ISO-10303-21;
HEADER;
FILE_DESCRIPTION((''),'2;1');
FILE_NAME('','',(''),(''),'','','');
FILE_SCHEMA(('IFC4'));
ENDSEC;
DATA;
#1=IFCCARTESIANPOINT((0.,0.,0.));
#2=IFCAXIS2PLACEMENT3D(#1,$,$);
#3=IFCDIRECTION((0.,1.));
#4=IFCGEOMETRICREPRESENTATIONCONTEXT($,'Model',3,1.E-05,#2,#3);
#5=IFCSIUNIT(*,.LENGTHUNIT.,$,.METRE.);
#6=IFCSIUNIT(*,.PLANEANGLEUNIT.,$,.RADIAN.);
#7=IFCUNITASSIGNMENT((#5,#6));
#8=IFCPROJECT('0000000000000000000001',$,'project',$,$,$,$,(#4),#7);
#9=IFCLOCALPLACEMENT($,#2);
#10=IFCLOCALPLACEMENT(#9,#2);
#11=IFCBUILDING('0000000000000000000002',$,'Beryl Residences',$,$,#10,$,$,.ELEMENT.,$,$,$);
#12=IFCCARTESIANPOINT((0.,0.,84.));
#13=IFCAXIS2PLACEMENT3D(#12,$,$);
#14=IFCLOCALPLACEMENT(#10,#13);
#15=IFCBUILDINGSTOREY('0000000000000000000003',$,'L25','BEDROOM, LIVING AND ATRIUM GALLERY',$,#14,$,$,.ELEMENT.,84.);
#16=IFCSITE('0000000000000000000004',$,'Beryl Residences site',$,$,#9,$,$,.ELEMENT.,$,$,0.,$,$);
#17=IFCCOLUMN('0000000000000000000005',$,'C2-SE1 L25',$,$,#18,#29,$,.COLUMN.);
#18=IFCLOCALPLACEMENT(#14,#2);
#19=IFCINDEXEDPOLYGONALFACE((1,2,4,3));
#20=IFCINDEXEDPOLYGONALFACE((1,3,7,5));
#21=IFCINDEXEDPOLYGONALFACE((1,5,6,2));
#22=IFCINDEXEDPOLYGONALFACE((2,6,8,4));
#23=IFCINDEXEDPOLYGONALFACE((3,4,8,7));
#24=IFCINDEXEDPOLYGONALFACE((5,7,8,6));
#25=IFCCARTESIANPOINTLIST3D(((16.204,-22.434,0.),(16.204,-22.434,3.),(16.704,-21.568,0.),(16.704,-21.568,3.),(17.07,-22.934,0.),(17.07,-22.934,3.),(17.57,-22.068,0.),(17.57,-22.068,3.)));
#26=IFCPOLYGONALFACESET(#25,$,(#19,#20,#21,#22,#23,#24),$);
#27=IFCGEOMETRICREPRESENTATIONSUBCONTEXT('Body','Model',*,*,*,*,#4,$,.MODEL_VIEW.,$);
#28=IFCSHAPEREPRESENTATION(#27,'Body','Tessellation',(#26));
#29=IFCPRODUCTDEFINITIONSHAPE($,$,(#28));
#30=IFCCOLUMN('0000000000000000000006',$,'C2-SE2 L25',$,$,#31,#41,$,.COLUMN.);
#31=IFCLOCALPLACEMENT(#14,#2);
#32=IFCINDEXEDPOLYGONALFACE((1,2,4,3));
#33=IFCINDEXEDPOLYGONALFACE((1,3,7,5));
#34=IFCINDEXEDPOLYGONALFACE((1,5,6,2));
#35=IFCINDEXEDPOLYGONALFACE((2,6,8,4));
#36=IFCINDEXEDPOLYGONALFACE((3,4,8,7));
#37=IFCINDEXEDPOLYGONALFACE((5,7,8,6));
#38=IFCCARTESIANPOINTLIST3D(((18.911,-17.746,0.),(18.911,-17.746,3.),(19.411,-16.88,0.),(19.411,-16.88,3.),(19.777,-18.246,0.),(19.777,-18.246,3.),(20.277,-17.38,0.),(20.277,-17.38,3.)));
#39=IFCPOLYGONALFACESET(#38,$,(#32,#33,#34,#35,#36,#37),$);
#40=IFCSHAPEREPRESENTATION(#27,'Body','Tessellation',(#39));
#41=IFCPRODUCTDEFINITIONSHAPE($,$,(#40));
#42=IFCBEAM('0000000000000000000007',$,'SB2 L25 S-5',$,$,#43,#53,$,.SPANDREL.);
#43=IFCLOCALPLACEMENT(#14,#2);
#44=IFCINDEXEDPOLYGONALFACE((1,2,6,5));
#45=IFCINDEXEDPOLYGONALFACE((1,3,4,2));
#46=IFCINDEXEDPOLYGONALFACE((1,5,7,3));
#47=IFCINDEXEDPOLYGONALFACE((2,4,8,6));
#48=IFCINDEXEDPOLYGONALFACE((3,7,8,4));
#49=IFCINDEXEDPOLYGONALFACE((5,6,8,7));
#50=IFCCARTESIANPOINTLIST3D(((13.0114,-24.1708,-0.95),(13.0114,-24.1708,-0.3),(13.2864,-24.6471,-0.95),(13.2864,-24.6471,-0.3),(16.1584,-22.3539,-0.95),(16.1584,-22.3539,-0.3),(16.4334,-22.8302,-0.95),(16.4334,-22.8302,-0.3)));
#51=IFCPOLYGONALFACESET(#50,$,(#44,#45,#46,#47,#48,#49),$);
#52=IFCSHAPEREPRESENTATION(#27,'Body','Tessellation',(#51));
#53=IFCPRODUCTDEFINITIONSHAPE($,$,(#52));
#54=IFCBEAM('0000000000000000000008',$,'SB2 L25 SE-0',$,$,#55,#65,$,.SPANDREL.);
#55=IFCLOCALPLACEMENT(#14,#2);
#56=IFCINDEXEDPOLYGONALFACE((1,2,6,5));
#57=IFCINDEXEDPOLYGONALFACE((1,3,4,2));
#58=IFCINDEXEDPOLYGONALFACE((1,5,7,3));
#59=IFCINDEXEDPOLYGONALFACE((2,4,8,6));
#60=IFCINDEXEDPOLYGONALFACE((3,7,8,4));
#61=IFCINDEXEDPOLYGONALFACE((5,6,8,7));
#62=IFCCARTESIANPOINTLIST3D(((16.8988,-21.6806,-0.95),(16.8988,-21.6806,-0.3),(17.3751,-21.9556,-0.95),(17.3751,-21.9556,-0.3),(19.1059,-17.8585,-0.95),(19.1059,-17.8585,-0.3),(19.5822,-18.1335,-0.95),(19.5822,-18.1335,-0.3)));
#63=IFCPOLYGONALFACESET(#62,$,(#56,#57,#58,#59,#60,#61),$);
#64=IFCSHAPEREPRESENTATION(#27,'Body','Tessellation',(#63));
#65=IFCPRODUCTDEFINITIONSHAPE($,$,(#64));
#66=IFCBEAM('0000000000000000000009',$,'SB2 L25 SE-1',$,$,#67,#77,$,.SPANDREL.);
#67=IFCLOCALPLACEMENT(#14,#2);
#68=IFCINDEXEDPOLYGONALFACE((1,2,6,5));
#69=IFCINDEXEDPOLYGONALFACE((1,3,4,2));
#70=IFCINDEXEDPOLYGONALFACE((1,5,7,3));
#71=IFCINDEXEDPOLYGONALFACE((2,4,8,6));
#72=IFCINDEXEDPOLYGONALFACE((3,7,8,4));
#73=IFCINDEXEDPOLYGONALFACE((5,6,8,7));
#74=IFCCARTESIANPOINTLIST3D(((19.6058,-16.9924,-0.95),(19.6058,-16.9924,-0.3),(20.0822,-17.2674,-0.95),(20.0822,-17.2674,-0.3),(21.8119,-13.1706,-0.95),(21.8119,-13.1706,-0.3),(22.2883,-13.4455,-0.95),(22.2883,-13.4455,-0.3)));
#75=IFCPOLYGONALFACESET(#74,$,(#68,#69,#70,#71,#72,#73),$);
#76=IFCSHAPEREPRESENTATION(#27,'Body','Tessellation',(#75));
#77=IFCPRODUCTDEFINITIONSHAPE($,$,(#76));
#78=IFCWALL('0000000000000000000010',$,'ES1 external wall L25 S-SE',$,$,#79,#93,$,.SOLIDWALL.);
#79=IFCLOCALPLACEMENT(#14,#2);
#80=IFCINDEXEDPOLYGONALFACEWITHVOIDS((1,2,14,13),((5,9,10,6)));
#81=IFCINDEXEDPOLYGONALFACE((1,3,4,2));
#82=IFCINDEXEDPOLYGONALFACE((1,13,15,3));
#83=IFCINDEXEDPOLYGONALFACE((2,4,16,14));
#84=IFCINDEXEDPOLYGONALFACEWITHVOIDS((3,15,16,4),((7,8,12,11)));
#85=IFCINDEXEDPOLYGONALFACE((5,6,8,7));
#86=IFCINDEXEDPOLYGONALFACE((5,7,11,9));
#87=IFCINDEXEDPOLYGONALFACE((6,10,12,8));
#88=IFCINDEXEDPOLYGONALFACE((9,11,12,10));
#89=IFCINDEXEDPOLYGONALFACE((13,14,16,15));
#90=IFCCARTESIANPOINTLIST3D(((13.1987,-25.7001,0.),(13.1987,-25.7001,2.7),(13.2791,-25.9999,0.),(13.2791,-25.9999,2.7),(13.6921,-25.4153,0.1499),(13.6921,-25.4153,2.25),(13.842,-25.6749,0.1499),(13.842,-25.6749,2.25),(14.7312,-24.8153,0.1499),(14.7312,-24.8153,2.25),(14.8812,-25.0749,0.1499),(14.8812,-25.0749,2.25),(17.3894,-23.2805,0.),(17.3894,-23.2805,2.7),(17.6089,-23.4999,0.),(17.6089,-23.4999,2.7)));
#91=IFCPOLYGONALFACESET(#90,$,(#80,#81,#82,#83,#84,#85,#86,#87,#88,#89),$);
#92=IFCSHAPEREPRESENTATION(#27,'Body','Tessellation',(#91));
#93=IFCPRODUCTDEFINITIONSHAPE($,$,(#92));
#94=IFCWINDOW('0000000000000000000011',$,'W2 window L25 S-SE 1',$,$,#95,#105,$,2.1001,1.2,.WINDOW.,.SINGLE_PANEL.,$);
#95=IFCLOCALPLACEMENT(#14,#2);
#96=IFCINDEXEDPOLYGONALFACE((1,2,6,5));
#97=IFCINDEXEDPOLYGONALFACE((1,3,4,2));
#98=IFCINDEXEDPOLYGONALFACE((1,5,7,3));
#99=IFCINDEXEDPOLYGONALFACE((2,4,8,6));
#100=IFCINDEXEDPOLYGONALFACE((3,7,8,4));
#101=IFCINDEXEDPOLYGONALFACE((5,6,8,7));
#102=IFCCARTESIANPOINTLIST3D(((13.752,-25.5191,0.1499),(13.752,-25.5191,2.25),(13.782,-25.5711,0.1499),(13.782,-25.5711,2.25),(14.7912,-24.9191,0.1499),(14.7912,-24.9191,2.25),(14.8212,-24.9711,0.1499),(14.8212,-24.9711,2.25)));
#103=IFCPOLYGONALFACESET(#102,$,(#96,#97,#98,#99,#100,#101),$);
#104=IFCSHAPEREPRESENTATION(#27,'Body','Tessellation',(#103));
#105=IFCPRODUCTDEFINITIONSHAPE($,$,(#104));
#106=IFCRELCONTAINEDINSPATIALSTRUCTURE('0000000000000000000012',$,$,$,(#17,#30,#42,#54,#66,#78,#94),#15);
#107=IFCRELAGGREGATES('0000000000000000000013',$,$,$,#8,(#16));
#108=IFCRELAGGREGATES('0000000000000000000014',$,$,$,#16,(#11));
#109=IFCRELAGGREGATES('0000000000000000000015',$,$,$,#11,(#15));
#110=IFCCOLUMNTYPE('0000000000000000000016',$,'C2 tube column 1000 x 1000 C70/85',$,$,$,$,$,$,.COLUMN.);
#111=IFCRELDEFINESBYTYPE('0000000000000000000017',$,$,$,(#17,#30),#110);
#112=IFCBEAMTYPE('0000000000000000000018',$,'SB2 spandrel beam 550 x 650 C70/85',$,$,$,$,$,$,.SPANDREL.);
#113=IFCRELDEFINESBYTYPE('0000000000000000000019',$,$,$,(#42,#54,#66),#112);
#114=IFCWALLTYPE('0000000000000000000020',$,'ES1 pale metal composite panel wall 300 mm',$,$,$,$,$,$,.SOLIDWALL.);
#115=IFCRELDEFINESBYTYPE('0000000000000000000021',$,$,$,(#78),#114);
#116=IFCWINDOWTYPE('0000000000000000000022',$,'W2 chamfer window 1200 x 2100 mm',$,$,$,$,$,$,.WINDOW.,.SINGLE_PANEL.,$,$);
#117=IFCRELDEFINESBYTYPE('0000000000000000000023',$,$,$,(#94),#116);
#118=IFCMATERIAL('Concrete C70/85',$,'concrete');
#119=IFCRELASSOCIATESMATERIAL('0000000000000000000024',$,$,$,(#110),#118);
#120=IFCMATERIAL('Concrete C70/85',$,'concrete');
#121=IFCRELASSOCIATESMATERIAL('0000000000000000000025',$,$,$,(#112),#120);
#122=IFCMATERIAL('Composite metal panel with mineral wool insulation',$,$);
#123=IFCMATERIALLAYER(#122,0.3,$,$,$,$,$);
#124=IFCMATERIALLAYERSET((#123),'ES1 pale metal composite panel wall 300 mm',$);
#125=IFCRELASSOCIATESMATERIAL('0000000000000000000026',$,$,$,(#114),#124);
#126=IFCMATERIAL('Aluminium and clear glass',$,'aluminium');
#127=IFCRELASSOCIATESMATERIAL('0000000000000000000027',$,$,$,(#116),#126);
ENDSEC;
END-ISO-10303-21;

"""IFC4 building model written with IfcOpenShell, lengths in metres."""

from ifc_helpers import new_model, si_unit, direction, frame, frame_2d, origin, origin_2d, place, context, subcontext, project, spatial, polyline, rectangle, outline, extrude, material, layer, layer_set, material_profile, profile_set, type_object, element, fill, save


model = new_model("IFC4")

# Units and contexts
model_context = context("Model", 3, precision=1e-05, world=origin(), true_north=direction((0.0, 1.0)))
body_context = subcontext(model_context, "Body", "Model", "MODEL_VIEW")
ifc_project = project(units=[si_unit("LENGTHUNIT", "METRE"), si_unit("PLANEANGLEUNIT", "RADIAN")], contexts=[model_context])

# Site, building, storey
site_placement = place(None, origin())
site = spatial("IfcSite", under=ifc_project, at=site_placement, Name="Beryl Residences site", CompositionType="ELEMENT", RefElevation=0.0)
building_placement = place(site_placement, origin())
building = spatial("IfcBuilding", under=site, at=building_placement, Name="Beryl Residences", CompositionType="ELEMENT")
storey_placement = place(building_placement, frame((0.0, 0.0, 84.0)))
storey = spatial("IfcBuildingStorey", under=building, at=storey_placement, Name="L25", Description="BEDROOM, LIVING AND ATRIUM GALLERY", CompositionType="ELEMENT", Elevation=84.0)

# Columns
ifc_material_1 = material(Name="Concrete C70/85", Category="concrete")
ifc_material_profile_1 = material_profile(ifc_material_1, rectangle(XDim=1.0, YDim=1.0, at=origin_2d()))
ifc_profile_set_1 = profile_set([ifc_material_profile_1], Name="Concrete C70/85")
column_type = type_object("IfcColumnType", Name="C2 tube column 1000 x 1000 C70/85", PredefinedType="COLUMN", material=ifc_profile_set_1)
for number, where, z_axis, x_axis, name in (
    (1, (16.887, -22.251, 0.0), (0.0, 0.0, 1.0), (0.5, 0.866025, 0.0), "C2-SE1 L25"),
    (2, (19.594, -17.563, 0.0), (0.0, 0.0, 1.0), (0.5, 0.866025, 0.0), "C2-SE2 L25"),
):
    element("IfcColumn", number, at=place(storey_placement, frame(where, z_axis=z_axis, x_axis=x_axis)), inside=storey, type_object=column_type, Name=name, PredefinedType="COLUMN", context=body_context, shape_type="SweptSolid", body=[
        extrude(rectangle(XDim=1.0, YDim=1.0, at=origin_2d()), origin(), (0.0, 0.0, 1.0), 3.0),
    ])

# Beams
ifc_material_2 = material(Name="Concrete C70/85", Category="concrete")
ifc_material_profile_2 = material_profile(ifc_material_2, rectangle(XDim=0.55, YDim=0.6499, at=origin_2d()))
ifc_profile_set_2 = profile_set([ifc_material_profile_2], Name="Concrete C70/85")
beam_type = type_object("IfcBeamType", Name="SB2 spandrel beam 550 x 650 C70/85", PredefinedType="SPANDREL", material=ifc_profile_set_2)
beam_1_placement = place(storey_placement, frame((13.1489, -24.4089, -0.625), z_axis=(0.866027, 0.499998, 0.0), x_axis=(-0.499998, 0.866027, 0.0)))
element("IfcBeam", 3, at=beam_1_placement, inside=storey, type_object=beam_type, Name="SB2 L25 S-5", PredefinedType="SPANDREL", context=body_context, shape_type="SweptSolid", body=[
    extrude(rectangle(XDim=0.55, YDim=0.6499, at=origin_2d()), origin(), (0.0, 0.0, 1.0), 3.6338),
])
beam_2_placement = place(storey_placement, frame((17.137, -21.8181, -0.625), z_axis=(0.500066, 0.865988, 0.0), x_axis=(-0.865988, 0.500066, 0.0)))
element("IfcBeam", 4, at=beam_2_placement, inside=storey, type_object=beam_type, Name="SB2 L25 SE-0", PredefinedType="SPANDREL", context=body_context, shape_type="SweptSolid", body=[
    extrude(rectangle(XDim=0.55, YDim=0.6499, at=origin_2d()), origin(), (0.0, 0.0, 1.0), 4.4136),
])
beam_3_placement = place(storey_placement, frame((19.844, -17.1299, -0.625), z_axis=(0.499924, 0.86607, 0.0), x_axis=(-0.86607, 0.499924, 0.0)))
element("IfcBeam", 5, at=beam_3_placement, inside=storey, type_object=beam_type, Name="SB2 L25 SE-1", PredefinedType="SPANDREL", context=body_context, shape_type="SweptSolid", body=[
    extrude(rectangle(XDim=0.55, YDim=0.6499, at=origin_2d()), origin(), (0.0, 0.0, 1.0), 4.4128),
])

# Wall, opening, window
ifc_material_3 = material(Name="Composite metal panel with mineral wool insulation")
ifc_layer_1 = layer(ifc_material_3, 0.3)
ifc_layer_set_1 = layer_set([ifc_layer_1], Name="ES1 pale metal composite panel wall 300 mm")
wall_type_1 = type_object("IfcWallType", Name="ES1 pale metal composite panel wall 300 mm", PredefinedType="SOLIDWALL", material=ifc_layer_set_1)
wall_1_placement = place(storey_placement, frame((13.2041, -25.8701, 0.0), z_axis=(0.0, 0.0, 1.0), x_axis=(0.866011, 0.500025, 0.0)))
wall_1 = element("IfcWall", 6, at=wall_1_placement, inside=storey, type_object=wall_type_1, Name="ES1 external wall L25 S-SE", PredefinedType="SOLIDWALL", context=body_context, shape_type="SweptSolid", body=[
    extrude(outline(polyline([(0.0, -0.1499), (4.9998, -0.1499), (4.9194, 0.1499), (0.0803, 0.1499), (0.0, -0.1499)])), origin(), (0.0, 0.0, 1.0), 2.7),
])
opening_1_placement = place(wall_1_placement, frame((0.6499, 0.0, 0.1499)))
opening_1 = element("IfcOpeningElement", 7, at=opening_1_placement, cuts=wall_1, PredefinedType="OPENING", context=body_context, shape_type="SweptSolid", body=[
    extrude(rectangle(XDim=1.2, YDim=2.1001, at=frame_2d((0.6001, 1.05))), frame((0.0, 0.1599, 0.0), z_axis=(0.0, -1.0, 0.0), x_axis=(1.0, 0.0, 0.0)), (0.0, 0.0, 1.0), 0.3201),
])
ifc_material_4 = material(Name="Aluminium and clear glass", Category="aluminium")
window_type_1 = type_object("IfcWindowType", Name="W2 chamfer window 1200 x 2100 mm", PartitioningType="SINGLE_PANEL", PredefinedType="WINDOW", material=ifc_material_4)
window_1_placement = place(opening_1_placement, origin())
window_1 = element("IfcWindow", 8, at=window_1_placement, inside=storey, type_object=window_type_1, Name="W2 window L25 S-SE 1", OverallHeight=2.1001, OverallWidth=1.2, PartitioningType="SINGLE_PANEL", PredefinedType="WINDOW", context=body_context, shape_type="SweptSolid", body=[
    extrude(rectangle(XDim=1.2, YDim=2.1001, at=frame_2d((0.6001, 1.05))), frame((0.0, 0.03, 0.0), z_axis=(0.0, -1.0, 0.0), x_axis=(1.0, 0.0, 0.0)), (0.0, 0.0, 1.0), 0.0601),
])
fill(opening_1, window_1)

save(model, "model.ifc")
